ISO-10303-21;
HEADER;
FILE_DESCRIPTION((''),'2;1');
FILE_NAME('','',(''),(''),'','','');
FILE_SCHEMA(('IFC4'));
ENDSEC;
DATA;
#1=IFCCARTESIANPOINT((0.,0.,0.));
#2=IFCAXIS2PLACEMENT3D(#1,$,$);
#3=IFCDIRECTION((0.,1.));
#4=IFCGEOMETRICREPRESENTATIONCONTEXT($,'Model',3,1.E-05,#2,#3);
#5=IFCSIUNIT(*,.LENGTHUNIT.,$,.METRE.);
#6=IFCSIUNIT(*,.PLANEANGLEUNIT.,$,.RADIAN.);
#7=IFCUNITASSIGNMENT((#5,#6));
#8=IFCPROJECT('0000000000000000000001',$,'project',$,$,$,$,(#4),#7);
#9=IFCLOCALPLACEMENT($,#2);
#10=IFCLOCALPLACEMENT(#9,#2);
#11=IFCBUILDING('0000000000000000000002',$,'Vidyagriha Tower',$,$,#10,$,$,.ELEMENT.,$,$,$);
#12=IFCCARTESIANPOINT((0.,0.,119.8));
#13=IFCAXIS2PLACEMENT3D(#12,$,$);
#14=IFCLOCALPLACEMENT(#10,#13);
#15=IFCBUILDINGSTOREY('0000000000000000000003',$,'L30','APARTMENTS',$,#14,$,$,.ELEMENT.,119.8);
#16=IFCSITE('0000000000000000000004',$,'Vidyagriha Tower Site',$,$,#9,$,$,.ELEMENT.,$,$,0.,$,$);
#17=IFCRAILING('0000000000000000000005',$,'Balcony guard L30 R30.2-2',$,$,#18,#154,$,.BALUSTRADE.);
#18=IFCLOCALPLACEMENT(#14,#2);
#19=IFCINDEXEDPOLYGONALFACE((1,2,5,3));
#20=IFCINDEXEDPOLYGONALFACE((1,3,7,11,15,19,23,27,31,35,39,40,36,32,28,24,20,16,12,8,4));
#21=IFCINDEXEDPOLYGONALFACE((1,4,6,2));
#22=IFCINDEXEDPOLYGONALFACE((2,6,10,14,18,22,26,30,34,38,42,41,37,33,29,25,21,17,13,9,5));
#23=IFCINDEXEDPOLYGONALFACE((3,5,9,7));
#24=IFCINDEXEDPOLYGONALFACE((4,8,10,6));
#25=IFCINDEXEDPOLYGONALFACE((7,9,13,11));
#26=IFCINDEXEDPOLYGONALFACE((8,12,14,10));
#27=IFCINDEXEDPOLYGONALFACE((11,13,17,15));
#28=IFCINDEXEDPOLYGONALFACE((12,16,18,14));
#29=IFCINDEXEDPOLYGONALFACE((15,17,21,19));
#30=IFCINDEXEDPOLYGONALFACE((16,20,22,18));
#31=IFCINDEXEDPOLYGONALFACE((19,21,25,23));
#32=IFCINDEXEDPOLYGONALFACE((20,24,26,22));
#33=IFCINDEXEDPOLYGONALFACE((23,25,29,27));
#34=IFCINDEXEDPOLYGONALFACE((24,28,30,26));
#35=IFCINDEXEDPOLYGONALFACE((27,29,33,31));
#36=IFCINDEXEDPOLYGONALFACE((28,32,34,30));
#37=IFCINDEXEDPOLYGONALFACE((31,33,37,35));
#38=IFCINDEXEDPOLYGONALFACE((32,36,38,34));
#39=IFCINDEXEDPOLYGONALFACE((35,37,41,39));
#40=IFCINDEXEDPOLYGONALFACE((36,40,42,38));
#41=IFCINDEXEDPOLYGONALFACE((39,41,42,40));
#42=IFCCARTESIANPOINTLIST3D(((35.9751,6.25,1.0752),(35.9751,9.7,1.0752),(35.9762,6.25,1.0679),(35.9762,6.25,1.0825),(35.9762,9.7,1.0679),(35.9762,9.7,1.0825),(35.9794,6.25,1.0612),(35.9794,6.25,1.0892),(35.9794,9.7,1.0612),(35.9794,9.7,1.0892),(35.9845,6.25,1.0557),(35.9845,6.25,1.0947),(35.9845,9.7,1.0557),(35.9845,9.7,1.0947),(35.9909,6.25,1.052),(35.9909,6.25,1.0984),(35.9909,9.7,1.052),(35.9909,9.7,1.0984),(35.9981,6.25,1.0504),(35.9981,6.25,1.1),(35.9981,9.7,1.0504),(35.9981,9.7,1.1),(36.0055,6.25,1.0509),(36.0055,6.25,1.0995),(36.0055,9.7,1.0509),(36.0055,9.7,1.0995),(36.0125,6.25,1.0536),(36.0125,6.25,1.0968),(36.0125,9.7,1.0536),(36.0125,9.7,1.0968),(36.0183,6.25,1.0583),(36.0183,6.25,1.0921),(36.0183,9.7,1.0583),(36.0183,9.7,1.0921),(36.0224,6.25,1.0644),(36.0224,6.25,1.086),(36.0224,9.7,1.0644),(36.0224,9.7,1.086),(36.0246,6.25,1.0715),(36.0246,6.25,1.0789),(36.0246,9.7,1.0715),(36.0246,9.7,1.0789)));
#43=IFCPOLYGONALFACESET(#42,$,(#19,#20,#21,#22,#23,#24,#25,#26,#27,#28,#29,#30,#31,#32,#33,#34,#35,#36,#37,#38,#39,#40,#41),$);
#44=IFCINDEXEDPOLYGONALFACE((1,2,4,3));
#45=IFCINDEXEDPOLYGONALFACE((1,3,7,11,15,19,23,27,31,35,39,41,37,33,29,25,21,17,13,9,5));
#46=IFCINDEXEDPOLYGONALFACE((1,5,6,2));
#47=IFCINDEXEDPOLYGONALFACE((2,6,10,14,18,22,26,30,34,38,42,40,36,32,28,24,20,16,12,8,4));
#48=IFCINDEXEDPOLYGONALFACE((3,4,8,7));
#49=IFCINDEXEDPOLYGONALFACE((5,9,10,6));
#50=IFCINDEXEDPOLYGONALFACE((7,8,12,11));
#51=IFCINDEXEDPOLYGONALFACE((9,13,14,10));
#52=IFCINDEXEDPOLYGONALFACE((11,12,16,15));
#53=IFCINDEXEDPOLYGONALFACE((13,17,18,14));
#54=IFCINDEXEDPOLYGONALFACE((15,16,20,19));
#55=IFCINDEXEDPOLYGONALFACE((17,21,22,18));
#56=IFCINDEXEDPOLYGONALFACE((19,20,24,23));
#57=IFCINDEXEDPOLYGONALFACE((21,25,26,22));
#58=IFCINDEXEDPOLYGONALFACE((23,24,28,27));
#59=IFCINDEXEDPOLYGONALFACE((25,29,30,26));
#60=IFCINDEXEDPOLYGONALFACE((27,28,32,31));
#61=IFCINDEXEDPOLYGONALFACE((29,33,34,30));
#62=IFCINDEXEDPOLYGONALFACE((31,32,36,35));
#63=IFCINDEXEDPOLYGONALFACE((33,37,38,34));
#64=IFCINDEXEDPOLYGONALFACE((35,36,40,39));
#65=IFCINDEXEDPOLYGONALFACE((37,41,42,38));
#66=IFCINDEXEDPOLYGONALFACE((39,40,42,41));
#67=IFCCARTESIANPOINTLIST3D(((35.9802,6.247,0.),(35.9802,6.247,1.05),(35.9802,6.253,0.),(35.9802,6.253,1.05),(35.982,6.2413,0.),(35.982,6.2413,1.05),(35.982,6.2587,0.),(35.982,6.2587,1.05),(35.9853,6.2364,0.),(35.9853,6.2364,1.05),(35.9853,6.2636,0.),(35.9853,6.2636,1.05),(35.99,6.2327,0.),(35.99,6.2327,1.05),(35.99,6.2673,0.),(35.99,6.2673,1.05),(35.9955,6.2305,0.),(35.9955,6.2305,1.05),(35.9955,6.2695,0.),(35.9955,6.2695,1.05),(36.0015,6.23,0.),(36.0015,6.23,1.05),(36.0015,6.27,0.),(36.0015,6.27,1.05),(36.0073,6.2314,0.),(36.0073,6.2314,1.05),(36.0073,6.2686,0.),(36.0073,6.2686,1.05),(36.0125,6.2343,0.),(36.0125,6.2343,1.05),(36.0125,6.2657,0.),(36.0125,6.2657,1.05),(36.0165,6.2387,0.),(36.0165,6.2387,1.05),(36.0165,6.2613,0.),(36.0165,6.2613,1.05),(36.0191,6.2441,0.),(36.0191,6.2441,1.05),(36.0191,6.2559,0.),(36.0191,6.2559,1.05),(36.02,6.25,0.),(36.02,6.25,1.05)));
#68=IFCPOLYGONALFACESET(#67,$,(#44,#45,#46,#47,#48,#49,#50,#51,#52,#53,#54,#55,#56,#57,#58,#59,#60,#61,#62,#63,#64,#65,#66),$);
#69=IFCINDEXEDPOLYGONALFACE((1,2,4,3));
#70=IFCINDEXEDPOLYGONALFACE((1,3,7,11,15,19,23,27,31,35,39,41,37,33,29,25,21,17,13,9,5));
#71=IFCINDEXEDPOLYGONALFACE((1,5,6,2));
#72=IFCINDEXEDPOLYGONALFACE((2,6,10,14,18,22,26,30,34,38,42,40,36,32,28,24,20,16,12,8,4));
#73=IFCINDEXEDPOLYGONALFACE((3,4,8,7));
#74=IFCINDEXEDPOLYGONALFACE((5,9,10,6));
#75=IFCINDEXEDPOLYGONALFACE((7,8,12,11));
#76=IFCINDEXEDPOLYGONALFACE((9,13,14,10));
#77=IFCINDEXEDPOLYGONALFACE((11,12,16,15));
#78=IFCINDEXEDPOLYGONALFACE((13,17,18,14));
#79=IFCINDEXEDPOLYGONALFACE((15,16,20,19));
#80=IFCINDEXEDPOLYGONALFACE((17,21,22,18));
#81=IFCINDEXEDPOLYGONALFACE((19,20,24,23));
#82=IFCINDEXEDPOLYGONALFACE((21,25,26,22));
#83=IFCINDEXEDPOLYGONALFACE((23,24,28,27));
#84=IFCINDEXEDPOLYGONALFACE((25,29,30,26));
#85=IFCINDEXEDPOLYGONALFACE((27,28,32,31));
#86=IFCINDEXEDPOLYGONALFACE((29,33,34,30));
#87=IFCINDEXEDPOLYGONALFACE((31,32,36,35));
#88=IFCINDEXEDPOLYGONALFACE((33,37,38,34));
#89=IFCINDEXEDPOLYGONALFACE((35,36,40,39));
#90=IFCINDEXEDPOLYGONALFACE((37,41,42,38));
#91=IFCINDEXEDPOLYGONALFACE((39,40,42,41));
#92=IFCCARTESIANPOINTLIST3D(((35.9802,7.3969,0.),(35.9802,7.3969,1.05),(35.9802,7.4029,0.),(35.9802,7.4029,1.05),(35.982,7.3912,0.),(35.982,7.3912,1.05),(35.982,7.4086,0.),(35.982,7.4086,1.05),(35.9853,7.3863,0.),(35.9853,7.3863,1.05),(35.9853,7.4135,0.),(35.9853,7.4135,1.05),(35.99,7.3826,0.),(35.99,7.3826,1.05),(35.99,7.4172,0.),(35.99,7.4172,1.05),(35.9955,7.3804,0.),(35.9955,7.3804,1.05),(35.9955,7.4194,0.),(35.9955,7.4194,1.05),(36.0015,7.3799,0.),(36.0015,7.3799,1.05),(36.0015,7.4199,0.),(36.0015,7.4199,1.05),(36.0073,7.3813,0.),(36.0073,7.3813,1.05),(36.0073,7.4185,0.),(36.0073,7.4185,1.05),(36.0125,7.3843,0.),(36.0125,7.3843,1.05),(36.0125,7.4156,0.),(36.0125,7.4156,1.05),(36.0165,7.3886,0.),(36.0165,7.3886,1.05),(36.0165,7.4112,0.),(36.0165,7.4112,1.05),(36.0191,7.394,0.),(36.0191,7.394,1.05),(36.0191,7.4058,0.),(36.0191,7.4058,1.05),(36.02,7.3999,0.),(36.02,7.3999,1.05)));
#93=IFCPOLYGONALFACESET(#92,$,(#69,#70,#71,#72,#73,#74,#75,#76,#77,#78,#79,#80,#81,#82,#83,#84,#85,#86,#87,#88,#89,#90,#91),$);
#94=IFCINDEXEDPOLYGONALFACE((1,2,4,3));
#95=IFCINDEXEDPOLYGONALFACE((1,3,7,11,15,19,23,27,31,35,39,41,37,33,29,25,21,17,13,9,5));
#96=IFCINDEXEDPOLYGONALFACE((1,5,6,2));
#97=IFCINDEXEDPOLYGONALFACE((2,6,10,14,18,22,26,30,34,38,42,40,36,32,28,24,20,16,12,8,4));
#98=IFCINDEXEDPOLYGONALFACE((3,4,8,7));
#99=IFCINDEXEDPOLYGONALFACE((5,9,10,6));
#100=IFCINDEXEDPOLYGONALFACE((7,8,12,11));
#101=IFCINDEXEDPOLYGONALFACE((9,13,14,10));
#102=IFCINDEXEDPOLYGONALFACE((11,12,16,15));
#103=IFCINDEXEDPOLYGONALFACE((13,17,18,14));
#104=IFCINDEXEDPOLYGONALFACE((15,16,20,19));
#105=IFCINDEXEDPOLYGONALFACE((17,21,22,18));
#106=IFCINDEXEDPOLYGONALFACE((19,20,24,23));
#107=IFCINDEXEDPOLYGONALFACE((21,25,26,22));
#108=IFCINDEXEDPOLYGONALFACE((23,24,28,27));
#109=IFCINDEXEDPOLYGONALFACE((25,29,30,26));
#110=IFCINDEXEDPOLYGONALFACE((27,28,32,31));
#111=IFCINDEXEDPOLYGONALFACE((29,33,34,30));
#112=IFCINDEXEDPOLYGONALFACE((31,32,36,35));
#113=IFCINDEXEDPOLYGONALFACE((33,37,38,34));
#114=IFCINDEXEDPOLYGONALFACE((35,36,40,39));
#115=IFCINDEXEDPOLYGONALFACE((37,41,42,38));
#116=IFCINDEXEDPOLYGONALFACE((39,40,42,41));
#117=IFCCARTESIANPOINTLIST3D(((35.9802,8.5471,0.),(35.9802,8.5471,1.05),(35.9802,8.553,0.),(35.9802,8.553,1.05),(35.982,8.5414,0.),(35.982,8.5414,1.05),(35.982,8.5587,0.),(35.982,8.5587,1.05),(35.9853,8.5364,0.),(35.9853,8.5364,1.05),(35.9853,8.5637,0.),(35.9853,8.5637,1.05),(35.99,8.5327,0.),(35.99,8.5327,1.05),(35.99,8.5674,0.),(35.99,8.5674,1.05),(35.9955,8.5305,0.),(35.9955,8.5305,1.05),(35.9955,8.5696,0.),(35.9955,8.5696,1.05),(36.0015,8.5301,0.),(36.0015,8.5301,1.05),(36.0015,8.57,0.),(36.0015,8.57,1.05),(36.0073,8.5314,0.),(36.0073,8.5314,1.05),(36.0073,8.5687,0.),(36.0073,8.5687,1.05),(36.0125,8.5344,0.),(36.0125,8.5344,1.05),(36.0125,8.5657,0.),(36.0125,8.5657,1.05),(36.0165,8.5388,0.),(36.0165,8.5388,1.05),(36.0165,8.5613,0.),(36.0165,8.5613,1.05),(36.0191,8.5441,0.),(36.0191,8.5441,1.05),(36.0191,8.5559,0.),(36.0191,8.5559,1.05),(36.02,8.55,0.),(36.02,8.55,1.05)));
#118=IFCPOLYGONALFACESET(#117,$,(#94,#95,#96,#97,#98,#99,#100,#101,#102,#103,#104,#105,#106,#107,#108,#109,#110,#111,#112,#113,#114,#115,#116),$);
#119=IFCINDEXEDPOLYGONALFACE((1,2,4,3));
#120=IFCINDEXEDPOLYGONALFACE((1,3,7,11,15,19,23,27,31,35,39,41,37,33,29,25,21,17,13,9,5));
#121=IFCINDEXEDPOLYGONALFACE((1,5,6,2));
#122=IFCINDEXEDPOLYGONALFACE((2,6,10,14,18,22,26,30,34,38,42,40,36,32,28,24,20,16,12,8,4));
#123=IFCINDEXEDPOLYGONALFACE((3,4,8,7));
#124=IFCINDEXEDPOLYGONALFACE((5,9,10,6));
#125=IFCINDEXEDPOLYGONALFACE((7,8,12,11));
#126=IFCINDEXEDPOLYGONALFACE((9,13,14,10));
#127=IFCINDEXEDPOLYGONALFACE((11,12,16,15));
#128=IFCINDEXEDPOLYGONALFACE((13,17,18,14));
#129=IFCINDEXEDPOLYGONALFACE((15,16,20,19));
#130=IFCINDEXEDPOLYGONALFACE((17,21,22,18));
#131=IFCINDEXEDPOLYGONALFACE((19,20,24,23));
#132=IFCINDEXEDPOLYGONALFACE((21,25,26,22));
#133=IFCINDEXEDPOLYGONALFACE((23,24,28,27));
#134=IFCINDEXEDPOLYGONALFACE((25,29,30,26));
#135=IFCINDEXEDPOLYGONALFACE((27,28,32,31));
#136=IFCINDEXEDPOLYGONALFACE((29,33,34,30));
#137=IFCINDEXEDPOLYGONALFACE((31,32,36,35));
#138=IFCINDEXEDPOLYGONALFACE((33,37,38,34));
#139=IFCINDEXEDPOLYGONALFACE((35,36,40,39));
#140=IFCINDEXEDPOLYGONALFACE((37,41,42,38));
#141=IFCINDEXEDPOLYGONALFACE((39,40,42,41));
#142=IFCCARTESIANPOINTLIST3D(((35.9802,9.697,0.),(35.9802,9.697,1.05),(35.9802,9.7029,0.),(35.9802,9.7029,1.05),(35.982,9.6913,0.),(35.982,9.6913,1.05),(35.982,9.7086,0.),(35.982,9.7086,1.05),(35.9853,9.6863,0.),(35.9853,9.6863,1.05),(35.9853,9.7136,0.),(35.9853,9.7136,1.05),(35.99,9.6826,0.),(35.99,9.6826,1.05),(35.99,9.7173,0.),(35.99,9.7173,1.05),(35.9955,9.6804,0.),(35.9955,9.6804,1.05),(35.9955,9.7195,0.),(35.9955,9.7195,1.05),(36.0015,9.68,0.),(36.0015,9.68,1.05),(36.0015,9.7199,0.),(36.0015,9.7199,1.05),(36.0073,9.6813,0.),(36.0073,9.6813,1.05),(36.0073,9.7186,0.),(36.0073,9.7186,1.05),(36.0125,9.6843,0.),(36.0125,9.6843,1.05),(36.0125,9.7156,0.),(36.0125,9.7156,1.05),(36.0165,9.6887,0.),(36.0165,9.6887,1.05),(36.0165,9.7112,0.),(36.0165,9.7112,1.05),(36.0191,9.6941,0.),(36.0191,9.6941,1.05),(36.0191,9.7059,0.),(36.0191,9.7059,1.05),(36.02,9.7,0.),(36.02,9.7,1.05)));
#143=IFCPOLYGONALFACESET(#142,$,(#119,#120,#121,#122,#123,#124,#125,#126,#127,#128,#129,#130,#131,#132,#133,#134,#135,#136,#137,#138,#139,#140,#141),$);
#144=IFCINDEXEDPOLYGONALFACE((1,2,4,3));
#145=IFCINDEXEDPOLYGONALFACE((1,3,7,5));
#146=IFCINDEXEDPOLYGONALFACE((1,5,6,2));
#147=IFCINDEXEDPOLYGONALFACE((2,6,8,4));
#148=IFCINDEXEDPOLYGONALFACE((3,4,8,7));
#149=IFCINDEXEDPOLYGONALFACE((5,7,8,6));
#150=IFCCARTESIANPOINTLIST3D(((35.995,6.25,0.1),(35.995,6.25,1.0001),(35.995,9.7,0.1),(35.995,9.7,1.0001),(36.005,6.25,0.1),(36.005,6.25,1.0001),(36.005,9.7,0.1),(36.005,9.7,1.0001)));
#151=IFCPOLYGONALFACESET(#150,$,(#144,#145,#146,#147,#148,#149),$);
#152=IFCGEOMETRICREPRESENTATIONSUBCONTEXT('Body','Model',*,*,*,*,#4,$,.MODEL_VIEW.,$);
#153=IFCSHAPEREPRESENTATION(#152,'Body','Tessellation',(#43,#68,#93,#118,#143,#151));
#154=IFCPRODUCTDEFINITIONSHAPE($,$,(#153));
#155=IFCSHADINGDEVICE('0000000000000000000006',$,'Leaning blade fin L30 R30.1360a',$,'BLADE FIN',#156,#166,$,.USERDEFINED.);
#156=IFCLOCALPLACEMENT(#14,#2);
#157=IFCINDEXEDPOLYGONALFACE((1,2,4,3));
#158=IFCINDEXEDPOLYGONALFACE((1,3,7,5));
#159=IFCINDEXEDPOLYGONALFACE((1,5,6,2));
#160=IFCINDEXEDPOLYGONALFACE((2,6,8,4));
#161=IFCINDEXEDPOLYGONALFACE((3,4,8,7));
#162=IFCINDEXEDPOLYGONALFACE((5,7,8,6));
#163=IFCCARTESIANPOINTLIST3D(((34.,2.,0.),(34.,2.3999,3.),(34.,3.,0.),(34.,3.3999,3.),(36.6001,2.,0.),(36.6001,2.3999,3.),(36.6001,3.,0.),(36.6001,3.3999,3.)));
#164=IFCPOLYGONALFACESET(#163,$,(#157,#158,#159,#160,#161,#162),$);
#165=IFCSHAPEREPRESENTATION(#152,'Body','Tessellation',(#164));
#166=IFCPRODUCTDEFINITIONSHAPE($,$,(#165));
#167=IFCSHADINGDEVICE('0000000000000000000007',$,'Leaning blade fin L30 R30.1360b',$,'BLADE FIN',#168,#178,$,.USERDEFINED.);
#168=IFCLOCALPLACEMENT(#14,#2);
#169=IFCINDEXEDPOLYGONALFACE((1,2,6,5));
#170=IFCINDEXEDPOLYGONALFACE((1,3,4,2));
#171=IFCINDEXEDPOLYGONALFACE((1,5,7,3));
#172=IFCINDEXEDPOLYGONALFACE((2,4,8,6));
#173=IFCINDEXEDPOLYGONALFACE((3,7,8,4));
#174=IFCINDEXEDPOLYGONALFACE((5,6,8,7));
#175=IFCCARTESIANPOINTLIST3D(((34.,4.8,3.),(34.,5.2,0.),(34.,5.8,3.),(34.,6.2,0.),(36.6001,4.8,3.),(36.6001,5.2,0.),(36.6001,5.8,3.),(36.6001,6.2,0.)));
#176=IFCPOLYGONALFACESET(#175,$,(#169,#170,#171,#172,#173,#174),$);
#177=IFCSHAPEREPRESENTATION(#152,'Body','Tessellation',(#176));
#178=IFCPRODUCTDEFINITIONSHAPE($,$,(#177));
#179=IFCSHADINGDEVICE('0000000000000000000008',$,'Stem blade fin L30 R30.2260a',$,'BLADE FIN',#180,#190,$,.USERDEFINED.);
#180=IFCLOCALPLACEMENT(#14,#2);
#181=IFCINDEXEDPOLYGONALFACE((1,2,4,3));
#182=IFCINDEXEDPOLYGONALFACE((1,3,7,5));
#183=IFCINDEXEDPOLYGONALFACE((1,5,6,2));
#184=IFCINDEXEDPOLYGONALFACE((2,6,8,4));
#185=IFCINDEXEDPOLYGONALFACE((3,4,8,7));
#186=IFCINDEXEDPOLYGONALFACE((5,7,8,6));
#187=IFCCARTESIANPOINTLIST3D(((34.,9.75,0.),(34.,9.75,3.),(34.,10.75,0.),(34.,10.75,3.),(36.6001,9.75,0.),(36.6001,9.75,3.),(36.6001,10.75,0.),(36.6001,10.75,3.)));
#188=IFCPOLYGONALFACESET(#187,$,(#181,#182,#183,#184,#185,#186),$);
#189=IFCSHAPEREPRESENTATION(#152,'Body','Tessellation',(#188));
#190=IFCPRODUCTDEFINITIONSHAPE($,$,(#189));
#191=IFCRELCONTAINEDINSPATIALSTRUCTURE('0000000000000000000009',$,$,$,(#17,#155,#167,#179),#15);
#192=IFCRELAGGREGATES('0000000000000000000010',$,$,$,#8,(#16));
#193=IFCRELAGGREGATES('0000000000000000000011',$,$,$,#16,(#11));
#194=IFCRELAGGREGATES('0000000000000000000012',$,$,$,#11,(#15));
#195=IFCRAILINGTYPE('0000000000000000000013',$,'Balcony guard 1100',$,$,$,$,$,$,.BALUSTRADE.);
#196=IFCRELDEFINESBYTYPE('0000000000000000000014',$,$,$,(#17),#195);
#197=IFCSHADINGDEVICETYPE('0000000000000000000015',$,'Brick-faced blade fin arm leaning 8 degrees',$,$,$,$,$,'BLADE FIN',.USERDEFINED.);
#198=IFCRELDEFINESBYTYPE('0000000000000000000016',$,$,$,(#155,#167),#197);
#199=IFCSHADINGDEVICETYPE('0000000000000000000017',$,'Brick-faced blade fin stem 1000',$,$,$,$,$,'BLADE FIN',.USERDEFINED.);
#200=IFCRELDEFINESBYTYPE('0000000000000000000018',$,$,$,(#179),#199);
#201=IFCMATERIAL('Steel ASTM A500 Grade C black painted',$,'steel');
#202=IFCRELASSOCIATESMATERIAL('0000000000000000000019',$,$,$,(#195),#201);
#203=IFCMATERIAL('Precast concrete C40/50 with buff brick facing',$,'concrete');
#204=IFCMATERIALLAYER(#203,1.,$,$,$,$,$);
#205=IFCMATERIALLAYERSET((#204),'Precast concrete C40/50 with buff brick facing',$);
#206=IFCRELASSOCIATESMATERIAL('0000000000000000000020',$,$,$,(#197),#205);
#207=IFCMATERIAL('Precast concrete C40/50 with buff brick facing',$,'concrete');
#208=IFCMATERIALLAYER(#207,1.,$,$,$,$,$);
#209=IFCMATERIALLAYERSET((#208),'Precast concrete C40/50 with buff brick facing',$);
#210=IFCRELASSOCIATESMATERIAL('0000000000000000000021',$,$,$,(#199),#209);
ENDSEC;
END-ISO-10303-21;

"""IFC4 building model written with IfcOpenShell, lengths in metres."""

from ifc_helpers import new_model, si_unit, direction, frame, origin, origin_2d, place, context, subcontext, project, spatial, polyline, rectangle, circle, outline, extrude, material, layer, layer_set, type_object, element, save


model = new_model("IFC4")

# Units and contexts
model_context = context("Model", 3, precision=1e-05, world=origin(), true_north=direction((0.0, 1.0)))
body_context = subcontext(model_context, "Body", "Model", "MODEL_VIEW")
ifc_project = project(units=[si_unit("LENGTHUNIT", "METRE"), si_unit("PLANEANGLEUNIT", "RADIAN")], contexts=[model_context])

# Site, building, storey
site_placement = place(None, origin())
site = spatial("IfcSite", under=ifc_project, at=site_placement, Name="Vidyagriha Tower Site", CompositionType="ELEMENT", RefElevation=0.0)
building_placement = place(site_placement, origin())
building = spatial("IfcBuilding", under=site, at=building_placement, Name="Vidyagriha Tower", CompositionType="ELEMENT")
storey_placement = place(building_placement, frame((0.0, 0.0, 119.8)))
storey = spatial("IfcBuildingStorey", under=building, at=storey_placement, Name="L30", Description="APARTMENTS", CompositionType="ELEMENT", Elevation=119.8)

# Railing
ifc_material_1 = material(Name="Steel ASTM A500 Grade C black painted", Category="steel")
railing_type_1 = type_object("IfcRailingType", Name="Balcony guard 1100", PredefinedType="BALUSTRADE", material=ifc_material_1)
railing_1_placement = place(storey_placement, frame((36.0, 6.25, 0.0)))
element("IfcRailing", 1, at=railing_1_placement, inside=storey, type_object=railing_type_1, Name="Balcony guard L30 R30.2-2", PredefinedType="BALUSTRADE", context=body_context, shape_type="SweptSolid", body=[
    extrude(circle(Radius=0.0249, at=origin_2d()), frame((0.0, 0.0, 1.0752), z_axis=(0.0, 1.0, 0.0), x_axis=(-1.0, 0.0, 0.0)), (0.0, 0.0, 1.0), 3.45),
    extrude(circle(Radius=0.02, at=origin_2d()), origin(), (0.0, 0.0, 1.0), 1.05),
    extrude(circle(Radius=0.02, at=origin_2d()), frame((0.0, 1.1499, 0.0)), (0.0, 0.0, 1.0), 1.05),
    extrude(circle(Radius=0.02, at=origin_2d()), frame((0.0, 2.3, 0.0)), (0.0, 0.0, 1.0), 1.05),
    extrude(circle(Radius=0.02, at=origin_2d()), frame((0.0, 3.45, 0.0)), (0.0, 0.0, 1.0), 1.05),
    extrude(rectangle(XDim=0.01, YDim=0.9001, at=origin_2d()), frame((0.0, 0.0, 0.55), z_axis=(0.0, 1.0, 0.0), x_axis=(-1.0, 0.0, 0.0)), (0.0, 0.0, 1.0), 3.45),
])

# Shading devices
ifc_material_2 = material(Name="Precast concrete C40/50 with buff brick facing", Category="concrete")
ifc_layer_1 = layer(ifc_material_2, 1.0)
ifc_layer_set_1 = layer_set([ifc_layer_1], Name="Precast concrete C40/50 with buff brick facing")
shading_device_type_1 = type_object("IfcShadingDeviceType", Name="Brick-faced blade fin arm leaning 8 degrees", ElementType="BLADE FIN", PredefinedType="USERDEFINED", material=ifc_layer_set_1)
shading_device_1_placement = place(storey_placement, frame((35.3, 2.0, 0.0), z_axis=(0.0, 0.0, 1.0), x_axis=(0.0, 1.0, 0.0)))
element("IfcShadingDevice", 2, at=shading_device_1_placement, inside=storey, type_object=shading_device_type_1, Name="Leaning blade fin L30 R30.1360a", ObjectType="BLADE FIN", PredefinedType="USERDEFINED", context=body_context, shape_type="SweptSolid", body=[
    extrude(outline(polyline([(0.0, 0.0), (1.0, 0.0), (1.3999, 3.0), (0.3999, 3.0), (0.0, 0.0)])), frame((0.0, 1.3, 0.0), z_axis=(0.0, -1.0, 0.0), x_axis=(1.0, 0.0, 0.0)), (0.0, 0.0, 1.0), 2.6001),
])
shading_device_2_placement = place(storey_placement, frame((35.3, 4.8, 0.0), z_axis=(0.0, 0.0, 1.0), x_axis=(0.0, 1.0, 0.0)))
element("IfcShadingDevice", 3, at=shading_device_2_placement, inside=storey, type_object=shading_device_type_1, Name="Leaning blade fin L30 R30.1360b", ObjectType="BLADE FIN", PredefinedType="USERDEFINED", context=body_context, shape_type="SweptSolid", body=[
    extrude(outline(polyline([(0.3999, 0.0), (1.3999, 0.0), (1.0, 3.0), (0.0, 3.0), (0.3999, 0.0)])), frame((0.0, 1.3, 0.0), z_axis=(0.0, -1.0, 0.0), x_axis=(1.0, 0.0, 0.0)), (0.0, 0.0, 1.0), 2.6001),
])
ifc_material_3 = material(Name="Precast concrete C40/50 with buff brick facing", Category="concrete")
ifc_layer_2 = layer(ifc_material_3, 1.0)
ifc_layer_set_2 = layer_set([ifc_layer_2], Name="Precast concrete C40/50 with buff brick facing")
shading_device_type_2 = type_object("IfcShadingDeviceType", Name="Brick-faced blade fin stem 1000", ElementType="BLADE FIN", PredefinedType="USERDEFINED", material=ifc_layer_set_2)
shading_device_3_placement = place(storey_placement, frame((35.3, 9.75, 0.0), z_axis=(0.0, 0.0, 1.0), x_axis=(0.0, 1.0, 0.0)))
element("IfcShadingDevice", 4, at=shading_device_3_placement, inside=storey, type_object=shading_device_type_2, Name="Stem blade fin L30 R30.2260a", ObjectType="BLADE FIN", PredefinedType="USERDEFINED", context=body_context, shape_type="SweptSolid", body=[
    extrude(outline(polyline([(0.0, 0.0), (1.0, 0.0), (1.0, 3.0), (0.0, 3.0), (0.0, 0.0)])), frame((0.0, 1.3, 0.0), z_axis=(0.0, -1.0, 0.0), x_axis=(1.0, 0.0, 0.0)), (0.0, 0.0, 1.0), 2.6001),
])

save(model, "model.ifc")
